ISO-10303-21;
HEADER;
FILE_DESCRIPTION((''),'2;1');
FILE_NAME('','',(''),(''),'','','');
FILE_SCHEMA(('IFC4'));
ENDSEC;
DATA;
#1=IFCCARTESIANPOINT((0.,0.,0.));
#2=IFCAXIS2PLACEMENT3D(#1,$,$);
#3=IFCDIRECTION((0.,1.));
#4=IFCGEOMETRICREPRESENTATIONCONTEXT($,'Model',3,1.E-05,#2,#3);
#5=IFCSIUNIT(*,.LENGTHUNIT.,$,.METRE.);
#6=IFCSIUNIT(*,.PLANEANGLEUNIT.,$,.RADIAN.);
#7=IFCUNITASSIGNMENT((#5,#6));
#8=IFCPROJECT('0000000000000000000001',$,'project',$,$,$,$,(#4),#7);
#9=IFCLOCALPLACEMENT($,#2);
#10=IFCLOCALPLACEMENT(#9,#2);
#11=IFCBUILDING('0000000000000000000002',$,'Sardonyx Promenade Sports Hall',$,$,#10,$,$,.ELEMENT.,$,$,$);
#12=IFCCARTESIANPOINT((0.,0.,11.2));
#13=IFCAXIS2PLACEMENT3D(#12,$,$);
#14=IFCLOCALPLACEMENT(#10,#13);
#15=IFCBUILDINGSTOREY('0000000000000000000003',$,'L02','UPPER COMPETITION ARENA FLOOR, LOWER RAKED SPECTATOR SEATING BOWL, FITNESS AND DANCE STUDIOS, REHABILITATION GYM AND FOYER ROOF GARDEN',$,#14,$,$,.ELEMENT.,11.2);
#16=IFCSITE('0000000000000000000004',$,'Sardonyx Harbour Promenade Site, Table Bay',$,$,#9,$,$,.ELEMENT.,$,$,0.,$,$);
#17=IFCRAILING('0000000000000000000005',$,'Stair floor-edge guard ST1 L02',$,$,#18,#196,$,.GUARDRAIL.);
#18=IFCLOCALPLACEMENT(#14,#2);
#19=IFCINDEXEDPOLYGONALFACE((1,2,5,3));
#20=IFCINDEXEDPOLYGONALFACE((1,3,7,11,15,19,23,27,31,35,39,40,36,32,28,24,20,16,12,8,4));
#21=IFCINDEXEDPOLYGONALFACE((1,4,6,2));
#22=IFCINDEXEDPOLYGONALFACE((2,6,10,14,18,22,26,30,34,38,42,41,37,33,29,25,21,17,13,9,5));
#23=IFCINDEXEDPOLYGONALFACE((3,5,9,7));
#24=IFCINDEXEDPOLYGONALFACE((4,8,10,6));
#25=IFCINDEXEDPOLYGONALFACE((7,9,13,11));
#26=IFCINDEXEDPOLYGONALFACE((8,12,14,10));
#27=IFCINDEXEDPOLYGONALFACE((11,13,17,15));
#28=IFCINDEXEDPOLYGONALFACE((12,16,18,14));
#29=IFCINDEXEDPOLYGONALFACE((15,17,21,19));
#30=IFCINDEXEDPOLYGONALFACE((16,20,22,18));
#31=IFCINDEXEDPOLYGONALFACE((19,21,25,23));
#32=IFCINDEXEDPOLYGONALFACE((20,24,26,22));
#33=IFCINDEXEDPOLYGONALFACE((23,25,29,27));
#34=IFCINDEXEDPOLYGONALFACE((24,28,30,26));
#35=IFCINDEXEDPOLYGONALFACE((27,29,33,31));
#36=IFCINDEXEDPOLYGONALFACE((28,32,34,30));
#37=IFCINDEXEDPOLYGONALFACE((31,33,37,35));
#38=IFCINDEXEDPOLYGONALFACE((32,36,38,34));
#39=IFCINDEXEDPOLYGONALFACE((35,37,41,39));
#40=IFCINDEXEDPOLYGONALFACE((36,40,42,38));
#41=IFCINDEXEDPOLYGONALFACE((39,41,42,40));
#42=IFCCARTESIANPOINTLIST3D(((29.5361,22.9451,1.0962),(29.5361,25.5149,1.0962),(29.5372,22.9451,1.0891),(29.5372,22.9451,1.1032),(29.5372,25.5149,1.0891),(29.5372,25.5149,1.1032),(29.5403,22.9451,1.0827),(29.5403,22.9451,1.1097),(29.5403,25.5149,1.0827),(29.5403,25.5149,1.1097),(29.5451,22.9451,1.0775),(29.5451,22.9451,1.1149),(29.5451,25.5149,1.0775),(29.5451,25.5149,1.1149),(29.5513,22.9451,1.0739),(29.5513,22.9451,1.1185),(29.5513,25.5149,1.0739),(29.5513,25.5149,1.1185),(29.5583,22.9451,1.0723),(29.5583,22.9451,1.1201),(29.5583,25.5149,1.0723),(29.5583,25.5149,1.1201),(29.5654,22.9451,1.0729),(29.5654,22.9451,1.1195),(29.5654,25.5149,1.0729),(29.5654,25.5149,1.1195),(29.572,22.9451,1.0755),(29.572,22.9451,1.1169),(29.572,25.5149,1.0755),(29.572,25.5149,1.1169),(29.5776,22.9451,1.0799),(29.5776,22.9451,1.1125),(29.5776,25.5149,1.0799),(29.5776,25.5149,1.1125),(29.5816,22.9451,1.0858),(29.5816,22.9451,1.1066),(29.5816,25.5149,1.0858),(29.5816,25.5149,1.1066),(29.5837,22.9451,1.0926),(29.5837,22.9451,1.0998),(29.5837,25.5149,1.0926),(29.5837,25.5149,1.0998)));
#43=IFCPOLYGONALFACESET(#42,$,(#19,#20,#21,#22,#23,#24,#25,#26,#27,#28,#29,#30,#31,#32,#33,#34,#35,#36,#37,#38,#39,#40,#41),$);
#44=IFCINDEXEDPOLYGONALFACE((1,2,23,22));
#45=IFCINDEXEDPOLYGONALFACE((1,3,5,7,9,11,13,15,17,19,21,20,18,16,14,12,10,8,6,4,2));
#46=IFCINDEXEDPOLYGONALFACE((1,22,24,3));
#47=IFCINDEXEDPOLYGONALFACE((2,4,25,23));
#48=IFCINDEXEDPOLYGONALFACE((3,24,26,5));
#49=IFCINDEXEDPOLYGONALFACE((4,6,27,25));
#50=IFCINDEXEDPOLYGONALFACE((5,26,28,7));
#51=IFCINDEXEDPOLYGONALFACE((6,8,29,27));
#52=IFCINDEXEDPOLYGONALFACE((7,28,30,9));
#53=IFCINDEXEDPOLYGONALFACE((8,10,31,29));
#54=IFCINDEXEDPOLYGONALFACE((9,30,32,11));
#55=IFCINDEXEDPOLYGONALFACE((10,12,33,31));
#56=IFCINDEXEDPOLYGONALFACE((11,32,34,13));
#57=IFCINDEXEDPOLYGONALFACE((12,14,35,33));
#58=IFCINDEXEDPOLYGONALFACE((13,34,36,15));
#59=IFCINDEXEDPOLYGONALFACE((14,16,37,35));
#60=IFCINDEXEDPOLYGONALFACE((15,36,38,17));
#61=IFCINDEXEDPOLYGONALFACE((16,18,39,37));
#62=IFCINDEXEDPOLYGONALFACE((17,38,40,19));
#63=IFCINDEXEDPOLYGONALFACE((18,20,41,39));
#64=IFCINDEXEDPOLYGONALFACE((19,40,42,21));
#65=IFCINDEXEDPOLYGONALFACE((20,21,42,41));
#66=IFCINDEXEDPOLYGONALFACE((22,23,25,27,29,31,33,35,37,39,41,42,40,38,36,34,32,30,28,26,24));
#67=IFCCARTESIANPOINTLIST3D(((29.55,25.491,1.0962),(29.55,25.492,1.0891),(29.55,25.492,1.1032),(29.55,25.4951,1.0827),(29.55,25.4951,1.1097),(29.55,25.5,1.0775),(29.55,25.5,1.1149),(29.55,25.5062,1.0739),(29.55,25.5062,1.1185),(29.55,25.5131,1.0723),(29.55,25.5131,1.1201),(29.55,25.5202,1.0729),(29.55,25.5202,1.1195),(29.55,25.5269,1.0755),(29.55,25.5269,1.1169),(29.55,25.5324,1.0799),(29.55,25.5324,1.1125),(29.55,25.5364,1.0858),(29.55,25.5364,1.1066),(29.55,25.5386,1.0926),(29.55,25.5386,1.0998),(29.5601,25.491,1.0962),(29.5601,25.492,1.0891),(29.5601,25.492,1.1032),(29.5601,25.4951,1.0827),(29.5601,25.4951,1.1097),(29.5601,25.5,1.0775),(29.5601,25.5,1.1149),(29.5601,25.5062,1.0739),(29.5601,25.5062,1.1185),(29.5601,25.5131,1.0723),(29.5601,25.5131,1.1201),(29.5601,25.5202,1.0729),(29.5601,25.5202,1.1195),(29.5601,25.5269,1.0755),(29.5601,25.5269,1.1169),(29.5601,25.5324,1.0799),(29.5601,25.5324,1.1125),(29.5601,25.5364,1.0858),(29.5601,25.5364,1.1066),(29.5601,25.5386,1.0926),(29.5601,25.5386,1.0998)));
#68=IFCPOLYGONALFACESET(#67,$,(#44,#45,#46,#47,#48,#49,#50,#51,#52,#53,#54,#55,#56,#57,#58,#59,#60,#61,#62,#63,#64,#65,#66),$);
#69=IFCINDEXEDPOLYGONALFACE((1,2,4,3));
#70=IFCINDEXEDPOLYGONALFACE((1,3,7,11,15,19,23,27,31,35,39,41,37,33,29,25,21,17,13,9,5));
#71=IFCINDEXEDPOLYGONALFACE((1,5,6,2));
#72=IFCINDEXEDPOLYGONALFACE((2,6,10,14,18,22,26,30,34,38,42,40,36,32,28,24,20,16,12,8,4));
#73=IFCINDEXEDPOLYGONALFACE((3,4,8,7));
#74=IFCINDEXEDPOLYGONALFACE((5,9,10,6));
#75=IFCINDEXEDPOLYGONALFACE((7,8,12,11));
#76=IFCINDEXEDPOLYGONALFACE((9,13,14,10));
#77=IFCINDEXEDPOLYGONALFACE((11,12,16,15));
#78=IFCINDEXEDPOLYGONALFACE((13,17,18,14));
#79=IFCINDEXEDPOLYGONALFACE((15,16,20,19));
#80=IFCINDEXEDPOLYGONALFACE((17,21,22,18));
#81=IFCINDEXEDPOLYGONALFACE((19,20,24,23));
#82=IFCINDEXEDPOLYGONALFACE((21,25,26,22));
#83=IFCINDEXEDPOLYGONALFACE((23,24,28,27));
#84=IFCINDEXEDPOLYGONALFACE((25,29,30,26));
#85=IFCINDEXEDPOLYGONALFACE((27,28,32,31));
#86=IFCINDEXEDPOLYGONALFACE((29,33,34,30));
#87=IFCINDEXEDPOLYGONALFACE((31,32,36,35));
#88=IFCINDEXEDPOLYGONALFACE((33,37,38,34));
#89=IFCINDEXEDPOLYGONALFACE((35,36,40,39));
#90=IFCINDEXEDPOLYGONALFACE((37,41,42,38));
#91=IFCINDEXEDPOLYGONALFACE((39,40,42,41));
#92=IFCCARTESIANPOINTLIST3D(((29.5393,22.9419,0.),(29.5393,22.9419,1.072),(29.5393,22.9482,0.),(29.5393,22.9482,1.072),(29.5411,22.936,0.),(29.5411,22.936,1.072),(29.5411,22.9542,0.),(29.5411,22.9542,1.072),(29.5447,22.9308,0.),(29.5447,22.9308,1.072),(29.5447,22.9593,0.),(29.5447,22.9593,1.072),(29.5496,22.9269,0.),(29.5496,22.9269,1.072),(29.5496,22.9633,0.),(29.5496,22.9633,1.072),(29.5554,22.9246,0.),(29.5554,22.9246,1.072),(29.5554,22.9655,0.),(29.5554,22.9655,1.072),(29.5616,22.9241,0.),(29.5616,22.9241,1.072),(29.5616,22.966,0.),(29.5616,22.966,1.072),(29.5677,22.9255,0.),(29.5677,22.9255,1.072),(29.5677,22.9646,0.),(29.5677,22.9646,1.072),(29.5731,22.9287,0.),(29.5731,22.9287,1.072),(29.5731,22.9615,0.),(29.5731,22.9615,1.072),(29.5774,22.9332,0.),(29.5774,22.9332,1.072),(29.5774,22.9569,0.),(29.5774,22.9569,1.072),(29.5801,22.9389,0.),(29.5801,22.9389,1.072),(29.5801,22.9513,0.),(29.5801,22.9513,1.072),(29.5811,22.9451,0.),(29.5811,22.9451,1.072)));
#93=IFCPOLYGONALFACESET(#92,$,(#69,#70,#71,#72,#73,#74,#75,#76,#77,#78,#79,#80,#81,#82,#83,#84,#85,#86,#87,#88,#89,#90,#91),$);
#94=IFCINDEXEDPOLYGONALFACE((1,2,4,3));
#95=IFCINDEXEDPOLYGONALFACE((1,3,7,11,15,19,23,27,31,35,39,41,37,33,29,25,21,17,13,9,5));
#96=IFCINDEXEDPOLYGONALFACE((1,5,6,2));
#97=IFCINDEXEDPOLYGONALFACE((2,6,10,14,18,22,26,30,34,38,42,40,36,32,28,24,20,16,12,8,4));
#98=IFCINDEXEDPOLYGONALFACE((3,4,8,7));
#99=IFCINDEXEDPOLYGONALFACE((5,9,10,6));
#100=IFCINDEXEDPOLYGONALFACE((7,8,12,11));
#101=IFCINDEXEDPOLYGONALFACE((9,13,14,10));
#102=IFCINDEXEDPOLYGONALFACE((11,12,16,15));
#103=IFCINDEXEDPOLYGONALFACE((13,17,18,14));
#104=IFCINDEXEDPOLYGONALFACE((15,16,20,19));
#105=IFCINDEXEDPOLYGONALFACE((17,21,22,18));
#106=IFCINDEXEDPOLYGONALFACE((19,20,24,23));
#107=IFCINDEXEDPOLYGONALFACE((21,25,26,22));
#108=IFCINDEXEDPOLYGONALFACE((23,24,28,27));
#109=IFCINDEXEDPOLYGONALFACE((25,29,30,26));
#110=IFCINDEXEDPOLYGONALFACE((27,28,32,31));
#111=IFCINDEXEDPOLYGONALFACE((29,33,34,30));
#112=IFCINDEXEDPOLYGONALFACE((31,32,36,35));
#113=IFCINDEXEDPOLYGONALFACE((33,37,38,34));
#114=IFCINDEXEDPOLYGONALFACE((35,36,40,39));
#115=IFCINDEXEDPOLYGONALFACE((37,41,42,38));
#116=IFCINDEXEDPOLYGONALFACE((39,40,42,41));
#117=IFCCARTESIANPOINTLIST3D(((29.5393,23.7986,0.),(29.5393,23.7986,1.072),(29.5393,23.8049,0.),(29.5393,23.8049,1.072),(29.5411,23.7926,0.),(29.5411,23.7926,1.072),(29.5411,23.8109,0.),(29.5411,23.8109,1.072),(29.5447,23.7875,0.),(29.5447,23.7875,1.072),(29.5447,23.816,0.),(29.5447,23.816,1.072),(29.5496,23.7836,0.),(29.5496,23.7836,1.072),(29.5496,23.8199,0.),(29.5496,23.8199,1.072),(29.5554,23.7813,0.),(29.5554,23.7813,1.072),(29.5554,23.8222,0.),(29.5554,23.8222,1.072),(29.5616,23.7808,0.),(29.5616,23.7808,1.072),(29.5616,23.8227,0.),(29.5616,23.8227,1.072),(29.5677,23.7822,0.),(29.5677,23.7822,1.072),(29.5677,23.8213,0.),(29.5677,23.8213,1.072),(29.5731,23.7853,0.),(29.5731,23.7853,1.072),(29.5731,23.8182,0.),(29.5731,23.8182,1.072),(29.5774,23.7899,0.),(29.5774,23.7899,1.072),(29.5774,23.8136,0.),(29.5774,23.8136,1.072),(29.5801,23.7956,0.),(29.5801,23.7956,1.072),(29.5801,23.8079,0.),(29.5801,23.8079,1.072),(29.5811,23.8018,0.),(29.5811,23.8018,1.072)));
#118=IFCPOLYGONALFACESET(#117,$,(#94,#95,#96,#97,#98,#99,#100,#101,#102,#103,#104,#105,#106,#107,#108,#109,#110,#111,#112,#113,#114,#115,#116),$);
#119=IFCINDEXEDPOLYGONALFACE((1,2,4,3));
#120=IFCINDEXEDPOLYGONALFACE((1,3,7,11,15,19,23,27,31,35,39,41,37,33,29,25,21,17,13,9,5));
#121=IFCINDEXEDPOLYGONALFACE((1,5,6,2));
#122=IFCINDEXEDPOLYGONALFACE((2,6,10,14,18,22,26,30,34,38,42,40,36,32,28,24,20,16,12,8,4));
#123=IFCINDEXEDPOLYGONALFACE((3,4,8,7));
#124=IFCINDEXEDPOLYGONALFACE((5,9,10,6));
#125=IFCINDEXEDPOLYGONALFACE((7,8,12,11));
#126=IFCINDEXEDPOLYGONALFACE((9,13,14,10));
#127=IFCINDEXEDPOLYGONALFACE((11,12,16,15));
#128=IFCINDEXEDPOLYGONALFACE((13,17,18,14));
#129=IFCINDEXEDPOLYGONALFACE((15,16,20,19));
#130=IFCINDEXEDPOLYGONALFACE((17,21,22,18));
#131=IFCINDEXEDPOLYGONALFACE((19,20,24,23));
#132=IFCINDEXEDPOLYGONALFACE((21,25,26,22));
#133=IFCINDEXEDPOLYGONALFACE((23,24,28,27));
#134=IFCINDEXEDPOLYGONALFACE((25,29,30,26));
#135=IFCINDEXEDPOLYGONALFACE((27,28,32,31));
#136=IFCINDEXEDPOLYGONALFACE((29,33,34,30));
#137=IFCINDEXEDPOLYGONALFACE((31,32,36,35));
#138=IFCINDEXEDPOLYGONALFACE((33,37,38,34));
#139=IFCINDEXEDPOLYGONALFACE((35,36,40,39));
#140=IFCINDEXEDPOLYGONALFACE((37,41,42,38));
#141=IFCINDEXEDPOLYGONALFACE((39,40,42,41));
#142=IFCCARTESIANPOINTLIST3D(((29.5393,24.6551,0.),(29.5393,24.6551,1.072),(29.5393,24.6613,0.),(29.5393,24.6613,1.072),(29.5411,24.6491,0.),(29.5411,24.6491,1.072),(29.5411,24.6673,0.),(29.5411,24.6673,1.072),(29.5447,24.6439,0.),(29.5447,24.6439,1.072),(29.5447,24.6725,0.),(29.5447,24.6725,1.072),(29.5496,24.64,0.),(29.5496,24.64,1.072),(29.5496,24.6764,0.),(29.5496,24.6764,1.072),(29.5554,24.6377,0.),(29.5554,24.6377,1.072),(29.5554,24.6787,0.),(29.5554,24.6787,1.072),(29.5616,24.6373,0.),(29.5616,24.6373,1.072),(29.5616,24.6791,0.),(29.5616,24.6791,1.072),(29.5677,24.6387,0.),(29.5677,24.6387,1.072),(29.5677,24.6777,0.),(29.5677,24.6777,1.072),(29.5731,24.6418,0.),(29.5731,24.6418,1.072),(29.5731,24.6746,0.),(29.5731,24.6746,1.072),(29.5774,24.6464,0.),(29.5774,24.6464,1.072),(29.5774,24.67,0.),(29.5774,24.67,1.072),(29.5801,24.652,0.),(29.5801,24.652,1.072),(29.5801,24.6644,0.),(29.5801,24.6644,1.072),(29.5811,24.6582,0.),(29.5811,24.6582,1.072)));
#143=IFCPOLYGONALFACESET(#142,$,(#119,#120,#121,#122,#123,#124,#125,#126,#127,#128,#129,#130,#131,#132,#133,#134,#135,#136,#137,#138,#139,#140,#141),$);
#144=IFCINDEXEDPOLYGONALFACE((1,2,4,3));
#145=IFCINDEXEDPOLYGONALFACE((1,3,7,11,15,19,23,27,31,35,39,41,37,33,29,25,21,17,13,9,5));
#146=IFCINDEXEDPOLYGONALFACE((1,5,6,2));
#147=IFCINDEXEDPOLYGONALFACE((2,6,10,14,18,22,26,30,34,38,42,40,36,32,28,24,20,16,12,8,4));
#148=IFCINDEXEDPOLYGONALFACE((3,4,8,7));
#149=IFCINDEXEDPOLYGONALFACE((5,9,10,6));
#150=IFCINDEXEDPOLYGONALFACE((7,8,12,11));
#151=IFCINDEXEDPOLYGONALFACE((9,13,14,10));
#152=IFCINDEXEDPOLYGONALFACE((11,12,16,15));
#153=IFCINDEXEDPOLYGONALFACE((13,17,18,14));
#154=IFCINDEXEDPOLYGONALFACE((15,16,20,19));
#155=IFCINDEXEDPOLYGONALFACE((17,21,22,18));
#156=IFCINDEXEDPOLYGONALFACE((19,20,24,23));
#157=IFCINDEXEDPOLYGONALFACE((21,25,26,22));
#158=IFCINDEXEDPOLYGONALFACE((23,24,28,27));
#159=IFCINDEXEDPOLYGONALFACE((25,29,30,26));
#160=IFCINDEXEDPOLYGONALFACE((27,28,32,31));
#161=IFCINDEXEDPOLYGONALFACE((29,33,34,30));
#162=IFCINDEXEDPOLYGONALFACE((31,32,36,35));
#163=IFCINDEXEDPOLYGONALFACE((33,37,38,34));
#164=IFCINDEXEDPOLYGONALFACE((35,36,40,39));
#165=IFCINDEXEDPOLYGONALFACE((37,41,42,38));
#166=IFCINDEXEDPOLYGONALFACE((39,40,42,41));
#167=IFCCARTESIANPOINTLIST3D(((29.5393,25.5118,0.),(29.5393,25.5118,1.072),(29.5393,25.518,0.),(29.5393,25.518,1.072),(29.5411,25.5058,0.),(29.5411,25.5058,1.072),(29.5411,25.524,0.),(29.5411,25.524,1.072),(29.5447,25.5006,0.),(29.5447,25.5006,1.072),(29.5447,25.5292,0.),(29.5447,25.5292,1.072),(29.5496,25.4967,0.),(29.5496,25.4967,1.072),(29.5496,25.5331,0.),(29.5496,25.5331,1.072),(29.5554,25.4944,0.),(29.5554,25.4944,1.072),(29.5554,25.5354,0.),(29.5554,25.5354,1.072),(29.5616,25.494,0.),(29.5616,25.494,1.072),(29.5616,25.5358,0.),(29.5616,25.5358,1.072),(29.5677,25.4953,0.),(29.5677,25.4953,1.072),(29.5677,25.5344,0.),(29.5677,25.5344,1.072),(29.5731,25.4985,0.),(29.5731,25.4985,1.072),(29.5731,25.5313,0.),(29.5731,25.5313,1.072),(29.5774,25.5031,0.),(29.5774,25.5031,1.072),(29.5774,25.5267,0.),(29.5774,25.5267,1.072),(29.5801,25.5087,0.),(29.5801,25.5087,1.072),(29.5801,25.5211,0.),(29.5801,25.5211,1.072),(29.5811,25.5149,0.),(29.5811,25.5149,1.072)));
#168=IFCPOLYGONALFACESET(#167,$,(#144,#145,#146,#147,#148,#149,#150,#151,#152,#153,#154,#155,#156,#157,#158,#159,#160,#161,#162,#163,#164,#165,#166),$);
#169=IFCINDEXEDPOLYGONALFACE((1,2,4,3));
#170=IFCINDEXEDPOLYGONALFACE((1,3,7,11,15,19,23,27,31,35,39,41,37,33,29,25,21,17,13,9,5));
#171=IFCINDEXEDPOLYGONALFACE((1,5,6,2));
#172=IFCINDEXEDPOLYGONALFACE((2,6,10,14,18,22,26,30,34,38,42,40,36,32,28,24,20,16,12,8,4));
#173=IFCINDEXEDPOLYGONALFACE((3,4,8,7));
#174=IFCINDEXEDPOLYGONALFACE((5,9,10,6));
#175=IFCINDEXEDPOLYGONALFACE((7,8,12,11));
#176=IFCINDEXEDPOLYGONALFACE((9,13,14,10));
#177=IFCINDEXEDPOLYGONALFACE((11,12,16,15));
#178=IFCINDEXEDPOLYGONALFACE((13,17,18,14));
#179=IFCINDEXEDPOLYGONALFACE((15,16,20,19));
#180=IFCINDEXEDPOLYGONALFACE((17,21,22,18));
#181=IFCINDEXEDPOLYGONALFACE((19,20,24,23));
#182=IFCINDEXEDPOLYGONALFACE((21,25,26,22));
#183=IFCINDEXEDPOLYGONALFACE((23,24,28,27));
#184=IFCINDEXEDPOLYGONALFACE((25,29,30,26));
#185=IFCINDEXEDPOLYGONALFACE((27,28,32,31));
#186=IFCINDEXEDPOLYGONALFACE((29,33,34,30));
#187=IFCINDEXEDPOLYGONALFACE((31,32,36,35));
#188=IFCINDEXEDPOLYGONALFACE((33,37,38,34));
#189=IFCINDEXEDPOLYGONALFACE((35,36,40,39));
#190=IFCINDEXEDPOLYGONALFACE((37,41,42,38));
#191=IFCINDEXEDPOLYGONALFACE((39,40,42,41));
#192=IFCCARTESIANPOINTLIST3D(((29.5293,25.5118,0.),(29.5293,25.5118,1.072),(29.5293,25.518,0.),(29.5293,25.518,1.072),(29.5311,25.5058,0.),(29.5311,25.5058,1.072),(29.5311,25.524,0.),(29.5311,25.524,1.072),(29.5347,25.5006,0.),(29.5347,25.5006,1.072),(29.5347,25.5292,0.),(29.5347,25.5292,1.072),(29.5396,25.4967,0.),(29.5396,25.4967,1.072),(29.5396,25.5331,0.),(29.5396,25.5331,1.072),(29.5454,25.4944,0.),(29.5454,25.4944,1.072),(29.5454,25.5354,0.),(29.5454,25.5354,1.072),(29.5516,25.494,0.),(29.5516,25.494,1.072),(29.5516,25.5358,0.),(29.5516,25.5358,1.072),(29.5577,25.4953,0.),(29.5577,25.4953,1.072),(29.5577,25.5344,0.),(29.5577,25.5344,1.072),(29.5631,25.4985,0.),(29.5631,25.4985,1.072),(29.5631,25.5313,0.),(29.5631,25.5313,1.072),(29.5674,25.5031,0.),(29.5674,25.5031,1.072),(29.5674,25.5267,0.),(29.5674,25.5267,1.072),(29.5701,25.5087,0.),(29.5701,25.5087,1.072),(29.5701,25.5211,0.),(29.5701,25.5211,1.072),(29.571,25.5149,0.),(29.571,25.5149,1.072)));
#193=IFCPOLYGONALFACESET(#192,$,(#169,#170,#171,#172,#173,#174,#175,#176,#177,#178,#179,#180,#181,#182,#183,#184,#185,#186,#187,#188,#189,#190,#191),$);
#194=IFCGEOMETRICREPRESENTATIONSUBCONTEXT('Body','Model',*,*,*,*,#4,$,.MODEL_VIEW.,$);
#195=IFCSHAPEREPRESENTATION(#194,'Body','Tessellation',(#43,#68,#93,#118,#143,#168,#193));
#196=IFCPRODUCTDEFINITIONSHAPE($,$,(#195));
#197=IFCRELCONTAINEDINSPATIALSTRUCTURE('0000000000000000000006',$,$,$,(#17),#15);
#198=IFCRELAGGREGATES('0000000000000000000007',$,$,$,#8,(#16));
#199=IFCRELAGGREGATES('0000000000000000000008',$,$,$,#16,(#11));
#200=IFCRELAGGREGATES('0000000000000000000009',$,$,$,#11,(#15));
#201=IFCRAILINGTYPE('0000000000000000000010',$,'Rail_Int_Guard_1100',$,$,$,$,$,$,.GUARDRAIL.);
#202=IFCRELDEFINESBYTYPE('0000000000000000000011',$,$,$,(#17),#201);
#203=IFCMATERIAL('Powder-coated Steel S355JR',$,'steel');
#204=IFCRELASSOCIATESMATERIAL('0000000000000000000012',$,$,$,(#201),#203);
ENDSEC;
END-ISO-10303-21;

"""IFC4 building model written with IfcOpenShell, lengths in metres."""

from ifc_helpers import new_model, si_unit, direction, frame, origin, origin_2d, place, context, subcontext, project, spatial, circle, extrude, material, type_object, element, save


model = new_model("IFC4")

# Units and contexts
model_context = context("Model", 3, precision=1e-05, world=origin(), true_north=direction((0.0, 1.0)))
body_context = subcontext(model_context, "Body", "Model", "MODEL_VIEW")
ifc_project = project(units=[si_unit("LENGTHUNIT", "METRE"), si_unit("PLANEANGLEUNIT", "RADIAN")], contexts=[model_context])

# Site, building, storey
site_placement = place(None, origin())
site = spatial("IfcSite", under=ifc_project, at=site_placement, Name="Sardonyx Harbour Promenade Site, Table Bay", CompositionType="ELEMENT", RefElevation=0.0)
building_placement = place(site_placement, origin())
building = spatial("IfcBuilding", under=site, at=building_placement, Name="Sardonyx Promenade Sports Hall", CompositionType="ELEMENT")
storey_placement = place(building_placement, frame((0.0, 0.0, 11.2)))
storey = spatial("IfcBuildingStorey", under=building, at=storey_placement, Name="L02", Description="UPPER COMPETITION ARENA FLOOR, LOWER RAKED SPECTATOR SEATING BOWL, FITNESS AND DANCE STUDIOS, REHABILITATION GYM AND FOYER ROOF GARDEN", CompositionType="ELEMENT", Elevation=11.2)

# Railing
ifc_material_1 = material(Name="Powder-coated Steel S355JR", Category="steel")
railing_type_1 = type_object("IfcRailingType", Name="Rail_Int_Guard_1100", PredefinedType="GUARDRAIL", material=ifc_material_1)
railing_1_placement = place(storey_placement, frame((29.5601, 22.9451, 0.0)))
element("IfcRailing", 1, at=railing_1_placement, inside=storey, type_object=railing_type_1, Name="Stair floor-edge guard ST1 L02", PredefinedType="GUARDRAIL", context=body_context, shape_type="SweptSolid", body=[
    extrude(circle(Radius=0.0239, at=origin_2d()), frame((0.0, 0.0, 1.0962), z_axis=(0.0, 1.0, 0.0), x_axis=(-1.0, 0.0, 0.0)), (0.0, 0.0, 1.0), 2.5698),
    extrude(circle(Radius=0.0239, at=origin_2d()), frame((0.0, 2.5698, 1.0962), z_axis=(-1.0, 0.0, 0.0), x_axis=(0.0, -1.0, 0.0)), (0.0, 0.0, 1.0), 0.01),
    extrude(circle(Radius=0.021, at=origin_2d()), origin(), (0.0, 0.0, 1.0), 1.072),
    extrude(circle(Radius=0.021, at=origin_2d()), frame((0.0, 0.8567, 0.0)), (0.0, 0.0, 1.0), 1.072),
    extrude(circle(Radius=0.021, at=origin_2d()), frame((0.0, 1.7131, 0.0)), (0.0, 0.0, 1.0), 1.072),
    extrude(circle(Radius=0.021, at=origin_2d()), frame((0.0, 2.5698, 0.0)), (0.0, 0.0, 1.0), 1.072),
    extrude(circle(Radius=0.021, at=origin_2d()), frame((-0.01, 2.5698, 0.0)), (0.0, 0.0, 1.0), 1.072),
])

save(model, "model.ifc")
